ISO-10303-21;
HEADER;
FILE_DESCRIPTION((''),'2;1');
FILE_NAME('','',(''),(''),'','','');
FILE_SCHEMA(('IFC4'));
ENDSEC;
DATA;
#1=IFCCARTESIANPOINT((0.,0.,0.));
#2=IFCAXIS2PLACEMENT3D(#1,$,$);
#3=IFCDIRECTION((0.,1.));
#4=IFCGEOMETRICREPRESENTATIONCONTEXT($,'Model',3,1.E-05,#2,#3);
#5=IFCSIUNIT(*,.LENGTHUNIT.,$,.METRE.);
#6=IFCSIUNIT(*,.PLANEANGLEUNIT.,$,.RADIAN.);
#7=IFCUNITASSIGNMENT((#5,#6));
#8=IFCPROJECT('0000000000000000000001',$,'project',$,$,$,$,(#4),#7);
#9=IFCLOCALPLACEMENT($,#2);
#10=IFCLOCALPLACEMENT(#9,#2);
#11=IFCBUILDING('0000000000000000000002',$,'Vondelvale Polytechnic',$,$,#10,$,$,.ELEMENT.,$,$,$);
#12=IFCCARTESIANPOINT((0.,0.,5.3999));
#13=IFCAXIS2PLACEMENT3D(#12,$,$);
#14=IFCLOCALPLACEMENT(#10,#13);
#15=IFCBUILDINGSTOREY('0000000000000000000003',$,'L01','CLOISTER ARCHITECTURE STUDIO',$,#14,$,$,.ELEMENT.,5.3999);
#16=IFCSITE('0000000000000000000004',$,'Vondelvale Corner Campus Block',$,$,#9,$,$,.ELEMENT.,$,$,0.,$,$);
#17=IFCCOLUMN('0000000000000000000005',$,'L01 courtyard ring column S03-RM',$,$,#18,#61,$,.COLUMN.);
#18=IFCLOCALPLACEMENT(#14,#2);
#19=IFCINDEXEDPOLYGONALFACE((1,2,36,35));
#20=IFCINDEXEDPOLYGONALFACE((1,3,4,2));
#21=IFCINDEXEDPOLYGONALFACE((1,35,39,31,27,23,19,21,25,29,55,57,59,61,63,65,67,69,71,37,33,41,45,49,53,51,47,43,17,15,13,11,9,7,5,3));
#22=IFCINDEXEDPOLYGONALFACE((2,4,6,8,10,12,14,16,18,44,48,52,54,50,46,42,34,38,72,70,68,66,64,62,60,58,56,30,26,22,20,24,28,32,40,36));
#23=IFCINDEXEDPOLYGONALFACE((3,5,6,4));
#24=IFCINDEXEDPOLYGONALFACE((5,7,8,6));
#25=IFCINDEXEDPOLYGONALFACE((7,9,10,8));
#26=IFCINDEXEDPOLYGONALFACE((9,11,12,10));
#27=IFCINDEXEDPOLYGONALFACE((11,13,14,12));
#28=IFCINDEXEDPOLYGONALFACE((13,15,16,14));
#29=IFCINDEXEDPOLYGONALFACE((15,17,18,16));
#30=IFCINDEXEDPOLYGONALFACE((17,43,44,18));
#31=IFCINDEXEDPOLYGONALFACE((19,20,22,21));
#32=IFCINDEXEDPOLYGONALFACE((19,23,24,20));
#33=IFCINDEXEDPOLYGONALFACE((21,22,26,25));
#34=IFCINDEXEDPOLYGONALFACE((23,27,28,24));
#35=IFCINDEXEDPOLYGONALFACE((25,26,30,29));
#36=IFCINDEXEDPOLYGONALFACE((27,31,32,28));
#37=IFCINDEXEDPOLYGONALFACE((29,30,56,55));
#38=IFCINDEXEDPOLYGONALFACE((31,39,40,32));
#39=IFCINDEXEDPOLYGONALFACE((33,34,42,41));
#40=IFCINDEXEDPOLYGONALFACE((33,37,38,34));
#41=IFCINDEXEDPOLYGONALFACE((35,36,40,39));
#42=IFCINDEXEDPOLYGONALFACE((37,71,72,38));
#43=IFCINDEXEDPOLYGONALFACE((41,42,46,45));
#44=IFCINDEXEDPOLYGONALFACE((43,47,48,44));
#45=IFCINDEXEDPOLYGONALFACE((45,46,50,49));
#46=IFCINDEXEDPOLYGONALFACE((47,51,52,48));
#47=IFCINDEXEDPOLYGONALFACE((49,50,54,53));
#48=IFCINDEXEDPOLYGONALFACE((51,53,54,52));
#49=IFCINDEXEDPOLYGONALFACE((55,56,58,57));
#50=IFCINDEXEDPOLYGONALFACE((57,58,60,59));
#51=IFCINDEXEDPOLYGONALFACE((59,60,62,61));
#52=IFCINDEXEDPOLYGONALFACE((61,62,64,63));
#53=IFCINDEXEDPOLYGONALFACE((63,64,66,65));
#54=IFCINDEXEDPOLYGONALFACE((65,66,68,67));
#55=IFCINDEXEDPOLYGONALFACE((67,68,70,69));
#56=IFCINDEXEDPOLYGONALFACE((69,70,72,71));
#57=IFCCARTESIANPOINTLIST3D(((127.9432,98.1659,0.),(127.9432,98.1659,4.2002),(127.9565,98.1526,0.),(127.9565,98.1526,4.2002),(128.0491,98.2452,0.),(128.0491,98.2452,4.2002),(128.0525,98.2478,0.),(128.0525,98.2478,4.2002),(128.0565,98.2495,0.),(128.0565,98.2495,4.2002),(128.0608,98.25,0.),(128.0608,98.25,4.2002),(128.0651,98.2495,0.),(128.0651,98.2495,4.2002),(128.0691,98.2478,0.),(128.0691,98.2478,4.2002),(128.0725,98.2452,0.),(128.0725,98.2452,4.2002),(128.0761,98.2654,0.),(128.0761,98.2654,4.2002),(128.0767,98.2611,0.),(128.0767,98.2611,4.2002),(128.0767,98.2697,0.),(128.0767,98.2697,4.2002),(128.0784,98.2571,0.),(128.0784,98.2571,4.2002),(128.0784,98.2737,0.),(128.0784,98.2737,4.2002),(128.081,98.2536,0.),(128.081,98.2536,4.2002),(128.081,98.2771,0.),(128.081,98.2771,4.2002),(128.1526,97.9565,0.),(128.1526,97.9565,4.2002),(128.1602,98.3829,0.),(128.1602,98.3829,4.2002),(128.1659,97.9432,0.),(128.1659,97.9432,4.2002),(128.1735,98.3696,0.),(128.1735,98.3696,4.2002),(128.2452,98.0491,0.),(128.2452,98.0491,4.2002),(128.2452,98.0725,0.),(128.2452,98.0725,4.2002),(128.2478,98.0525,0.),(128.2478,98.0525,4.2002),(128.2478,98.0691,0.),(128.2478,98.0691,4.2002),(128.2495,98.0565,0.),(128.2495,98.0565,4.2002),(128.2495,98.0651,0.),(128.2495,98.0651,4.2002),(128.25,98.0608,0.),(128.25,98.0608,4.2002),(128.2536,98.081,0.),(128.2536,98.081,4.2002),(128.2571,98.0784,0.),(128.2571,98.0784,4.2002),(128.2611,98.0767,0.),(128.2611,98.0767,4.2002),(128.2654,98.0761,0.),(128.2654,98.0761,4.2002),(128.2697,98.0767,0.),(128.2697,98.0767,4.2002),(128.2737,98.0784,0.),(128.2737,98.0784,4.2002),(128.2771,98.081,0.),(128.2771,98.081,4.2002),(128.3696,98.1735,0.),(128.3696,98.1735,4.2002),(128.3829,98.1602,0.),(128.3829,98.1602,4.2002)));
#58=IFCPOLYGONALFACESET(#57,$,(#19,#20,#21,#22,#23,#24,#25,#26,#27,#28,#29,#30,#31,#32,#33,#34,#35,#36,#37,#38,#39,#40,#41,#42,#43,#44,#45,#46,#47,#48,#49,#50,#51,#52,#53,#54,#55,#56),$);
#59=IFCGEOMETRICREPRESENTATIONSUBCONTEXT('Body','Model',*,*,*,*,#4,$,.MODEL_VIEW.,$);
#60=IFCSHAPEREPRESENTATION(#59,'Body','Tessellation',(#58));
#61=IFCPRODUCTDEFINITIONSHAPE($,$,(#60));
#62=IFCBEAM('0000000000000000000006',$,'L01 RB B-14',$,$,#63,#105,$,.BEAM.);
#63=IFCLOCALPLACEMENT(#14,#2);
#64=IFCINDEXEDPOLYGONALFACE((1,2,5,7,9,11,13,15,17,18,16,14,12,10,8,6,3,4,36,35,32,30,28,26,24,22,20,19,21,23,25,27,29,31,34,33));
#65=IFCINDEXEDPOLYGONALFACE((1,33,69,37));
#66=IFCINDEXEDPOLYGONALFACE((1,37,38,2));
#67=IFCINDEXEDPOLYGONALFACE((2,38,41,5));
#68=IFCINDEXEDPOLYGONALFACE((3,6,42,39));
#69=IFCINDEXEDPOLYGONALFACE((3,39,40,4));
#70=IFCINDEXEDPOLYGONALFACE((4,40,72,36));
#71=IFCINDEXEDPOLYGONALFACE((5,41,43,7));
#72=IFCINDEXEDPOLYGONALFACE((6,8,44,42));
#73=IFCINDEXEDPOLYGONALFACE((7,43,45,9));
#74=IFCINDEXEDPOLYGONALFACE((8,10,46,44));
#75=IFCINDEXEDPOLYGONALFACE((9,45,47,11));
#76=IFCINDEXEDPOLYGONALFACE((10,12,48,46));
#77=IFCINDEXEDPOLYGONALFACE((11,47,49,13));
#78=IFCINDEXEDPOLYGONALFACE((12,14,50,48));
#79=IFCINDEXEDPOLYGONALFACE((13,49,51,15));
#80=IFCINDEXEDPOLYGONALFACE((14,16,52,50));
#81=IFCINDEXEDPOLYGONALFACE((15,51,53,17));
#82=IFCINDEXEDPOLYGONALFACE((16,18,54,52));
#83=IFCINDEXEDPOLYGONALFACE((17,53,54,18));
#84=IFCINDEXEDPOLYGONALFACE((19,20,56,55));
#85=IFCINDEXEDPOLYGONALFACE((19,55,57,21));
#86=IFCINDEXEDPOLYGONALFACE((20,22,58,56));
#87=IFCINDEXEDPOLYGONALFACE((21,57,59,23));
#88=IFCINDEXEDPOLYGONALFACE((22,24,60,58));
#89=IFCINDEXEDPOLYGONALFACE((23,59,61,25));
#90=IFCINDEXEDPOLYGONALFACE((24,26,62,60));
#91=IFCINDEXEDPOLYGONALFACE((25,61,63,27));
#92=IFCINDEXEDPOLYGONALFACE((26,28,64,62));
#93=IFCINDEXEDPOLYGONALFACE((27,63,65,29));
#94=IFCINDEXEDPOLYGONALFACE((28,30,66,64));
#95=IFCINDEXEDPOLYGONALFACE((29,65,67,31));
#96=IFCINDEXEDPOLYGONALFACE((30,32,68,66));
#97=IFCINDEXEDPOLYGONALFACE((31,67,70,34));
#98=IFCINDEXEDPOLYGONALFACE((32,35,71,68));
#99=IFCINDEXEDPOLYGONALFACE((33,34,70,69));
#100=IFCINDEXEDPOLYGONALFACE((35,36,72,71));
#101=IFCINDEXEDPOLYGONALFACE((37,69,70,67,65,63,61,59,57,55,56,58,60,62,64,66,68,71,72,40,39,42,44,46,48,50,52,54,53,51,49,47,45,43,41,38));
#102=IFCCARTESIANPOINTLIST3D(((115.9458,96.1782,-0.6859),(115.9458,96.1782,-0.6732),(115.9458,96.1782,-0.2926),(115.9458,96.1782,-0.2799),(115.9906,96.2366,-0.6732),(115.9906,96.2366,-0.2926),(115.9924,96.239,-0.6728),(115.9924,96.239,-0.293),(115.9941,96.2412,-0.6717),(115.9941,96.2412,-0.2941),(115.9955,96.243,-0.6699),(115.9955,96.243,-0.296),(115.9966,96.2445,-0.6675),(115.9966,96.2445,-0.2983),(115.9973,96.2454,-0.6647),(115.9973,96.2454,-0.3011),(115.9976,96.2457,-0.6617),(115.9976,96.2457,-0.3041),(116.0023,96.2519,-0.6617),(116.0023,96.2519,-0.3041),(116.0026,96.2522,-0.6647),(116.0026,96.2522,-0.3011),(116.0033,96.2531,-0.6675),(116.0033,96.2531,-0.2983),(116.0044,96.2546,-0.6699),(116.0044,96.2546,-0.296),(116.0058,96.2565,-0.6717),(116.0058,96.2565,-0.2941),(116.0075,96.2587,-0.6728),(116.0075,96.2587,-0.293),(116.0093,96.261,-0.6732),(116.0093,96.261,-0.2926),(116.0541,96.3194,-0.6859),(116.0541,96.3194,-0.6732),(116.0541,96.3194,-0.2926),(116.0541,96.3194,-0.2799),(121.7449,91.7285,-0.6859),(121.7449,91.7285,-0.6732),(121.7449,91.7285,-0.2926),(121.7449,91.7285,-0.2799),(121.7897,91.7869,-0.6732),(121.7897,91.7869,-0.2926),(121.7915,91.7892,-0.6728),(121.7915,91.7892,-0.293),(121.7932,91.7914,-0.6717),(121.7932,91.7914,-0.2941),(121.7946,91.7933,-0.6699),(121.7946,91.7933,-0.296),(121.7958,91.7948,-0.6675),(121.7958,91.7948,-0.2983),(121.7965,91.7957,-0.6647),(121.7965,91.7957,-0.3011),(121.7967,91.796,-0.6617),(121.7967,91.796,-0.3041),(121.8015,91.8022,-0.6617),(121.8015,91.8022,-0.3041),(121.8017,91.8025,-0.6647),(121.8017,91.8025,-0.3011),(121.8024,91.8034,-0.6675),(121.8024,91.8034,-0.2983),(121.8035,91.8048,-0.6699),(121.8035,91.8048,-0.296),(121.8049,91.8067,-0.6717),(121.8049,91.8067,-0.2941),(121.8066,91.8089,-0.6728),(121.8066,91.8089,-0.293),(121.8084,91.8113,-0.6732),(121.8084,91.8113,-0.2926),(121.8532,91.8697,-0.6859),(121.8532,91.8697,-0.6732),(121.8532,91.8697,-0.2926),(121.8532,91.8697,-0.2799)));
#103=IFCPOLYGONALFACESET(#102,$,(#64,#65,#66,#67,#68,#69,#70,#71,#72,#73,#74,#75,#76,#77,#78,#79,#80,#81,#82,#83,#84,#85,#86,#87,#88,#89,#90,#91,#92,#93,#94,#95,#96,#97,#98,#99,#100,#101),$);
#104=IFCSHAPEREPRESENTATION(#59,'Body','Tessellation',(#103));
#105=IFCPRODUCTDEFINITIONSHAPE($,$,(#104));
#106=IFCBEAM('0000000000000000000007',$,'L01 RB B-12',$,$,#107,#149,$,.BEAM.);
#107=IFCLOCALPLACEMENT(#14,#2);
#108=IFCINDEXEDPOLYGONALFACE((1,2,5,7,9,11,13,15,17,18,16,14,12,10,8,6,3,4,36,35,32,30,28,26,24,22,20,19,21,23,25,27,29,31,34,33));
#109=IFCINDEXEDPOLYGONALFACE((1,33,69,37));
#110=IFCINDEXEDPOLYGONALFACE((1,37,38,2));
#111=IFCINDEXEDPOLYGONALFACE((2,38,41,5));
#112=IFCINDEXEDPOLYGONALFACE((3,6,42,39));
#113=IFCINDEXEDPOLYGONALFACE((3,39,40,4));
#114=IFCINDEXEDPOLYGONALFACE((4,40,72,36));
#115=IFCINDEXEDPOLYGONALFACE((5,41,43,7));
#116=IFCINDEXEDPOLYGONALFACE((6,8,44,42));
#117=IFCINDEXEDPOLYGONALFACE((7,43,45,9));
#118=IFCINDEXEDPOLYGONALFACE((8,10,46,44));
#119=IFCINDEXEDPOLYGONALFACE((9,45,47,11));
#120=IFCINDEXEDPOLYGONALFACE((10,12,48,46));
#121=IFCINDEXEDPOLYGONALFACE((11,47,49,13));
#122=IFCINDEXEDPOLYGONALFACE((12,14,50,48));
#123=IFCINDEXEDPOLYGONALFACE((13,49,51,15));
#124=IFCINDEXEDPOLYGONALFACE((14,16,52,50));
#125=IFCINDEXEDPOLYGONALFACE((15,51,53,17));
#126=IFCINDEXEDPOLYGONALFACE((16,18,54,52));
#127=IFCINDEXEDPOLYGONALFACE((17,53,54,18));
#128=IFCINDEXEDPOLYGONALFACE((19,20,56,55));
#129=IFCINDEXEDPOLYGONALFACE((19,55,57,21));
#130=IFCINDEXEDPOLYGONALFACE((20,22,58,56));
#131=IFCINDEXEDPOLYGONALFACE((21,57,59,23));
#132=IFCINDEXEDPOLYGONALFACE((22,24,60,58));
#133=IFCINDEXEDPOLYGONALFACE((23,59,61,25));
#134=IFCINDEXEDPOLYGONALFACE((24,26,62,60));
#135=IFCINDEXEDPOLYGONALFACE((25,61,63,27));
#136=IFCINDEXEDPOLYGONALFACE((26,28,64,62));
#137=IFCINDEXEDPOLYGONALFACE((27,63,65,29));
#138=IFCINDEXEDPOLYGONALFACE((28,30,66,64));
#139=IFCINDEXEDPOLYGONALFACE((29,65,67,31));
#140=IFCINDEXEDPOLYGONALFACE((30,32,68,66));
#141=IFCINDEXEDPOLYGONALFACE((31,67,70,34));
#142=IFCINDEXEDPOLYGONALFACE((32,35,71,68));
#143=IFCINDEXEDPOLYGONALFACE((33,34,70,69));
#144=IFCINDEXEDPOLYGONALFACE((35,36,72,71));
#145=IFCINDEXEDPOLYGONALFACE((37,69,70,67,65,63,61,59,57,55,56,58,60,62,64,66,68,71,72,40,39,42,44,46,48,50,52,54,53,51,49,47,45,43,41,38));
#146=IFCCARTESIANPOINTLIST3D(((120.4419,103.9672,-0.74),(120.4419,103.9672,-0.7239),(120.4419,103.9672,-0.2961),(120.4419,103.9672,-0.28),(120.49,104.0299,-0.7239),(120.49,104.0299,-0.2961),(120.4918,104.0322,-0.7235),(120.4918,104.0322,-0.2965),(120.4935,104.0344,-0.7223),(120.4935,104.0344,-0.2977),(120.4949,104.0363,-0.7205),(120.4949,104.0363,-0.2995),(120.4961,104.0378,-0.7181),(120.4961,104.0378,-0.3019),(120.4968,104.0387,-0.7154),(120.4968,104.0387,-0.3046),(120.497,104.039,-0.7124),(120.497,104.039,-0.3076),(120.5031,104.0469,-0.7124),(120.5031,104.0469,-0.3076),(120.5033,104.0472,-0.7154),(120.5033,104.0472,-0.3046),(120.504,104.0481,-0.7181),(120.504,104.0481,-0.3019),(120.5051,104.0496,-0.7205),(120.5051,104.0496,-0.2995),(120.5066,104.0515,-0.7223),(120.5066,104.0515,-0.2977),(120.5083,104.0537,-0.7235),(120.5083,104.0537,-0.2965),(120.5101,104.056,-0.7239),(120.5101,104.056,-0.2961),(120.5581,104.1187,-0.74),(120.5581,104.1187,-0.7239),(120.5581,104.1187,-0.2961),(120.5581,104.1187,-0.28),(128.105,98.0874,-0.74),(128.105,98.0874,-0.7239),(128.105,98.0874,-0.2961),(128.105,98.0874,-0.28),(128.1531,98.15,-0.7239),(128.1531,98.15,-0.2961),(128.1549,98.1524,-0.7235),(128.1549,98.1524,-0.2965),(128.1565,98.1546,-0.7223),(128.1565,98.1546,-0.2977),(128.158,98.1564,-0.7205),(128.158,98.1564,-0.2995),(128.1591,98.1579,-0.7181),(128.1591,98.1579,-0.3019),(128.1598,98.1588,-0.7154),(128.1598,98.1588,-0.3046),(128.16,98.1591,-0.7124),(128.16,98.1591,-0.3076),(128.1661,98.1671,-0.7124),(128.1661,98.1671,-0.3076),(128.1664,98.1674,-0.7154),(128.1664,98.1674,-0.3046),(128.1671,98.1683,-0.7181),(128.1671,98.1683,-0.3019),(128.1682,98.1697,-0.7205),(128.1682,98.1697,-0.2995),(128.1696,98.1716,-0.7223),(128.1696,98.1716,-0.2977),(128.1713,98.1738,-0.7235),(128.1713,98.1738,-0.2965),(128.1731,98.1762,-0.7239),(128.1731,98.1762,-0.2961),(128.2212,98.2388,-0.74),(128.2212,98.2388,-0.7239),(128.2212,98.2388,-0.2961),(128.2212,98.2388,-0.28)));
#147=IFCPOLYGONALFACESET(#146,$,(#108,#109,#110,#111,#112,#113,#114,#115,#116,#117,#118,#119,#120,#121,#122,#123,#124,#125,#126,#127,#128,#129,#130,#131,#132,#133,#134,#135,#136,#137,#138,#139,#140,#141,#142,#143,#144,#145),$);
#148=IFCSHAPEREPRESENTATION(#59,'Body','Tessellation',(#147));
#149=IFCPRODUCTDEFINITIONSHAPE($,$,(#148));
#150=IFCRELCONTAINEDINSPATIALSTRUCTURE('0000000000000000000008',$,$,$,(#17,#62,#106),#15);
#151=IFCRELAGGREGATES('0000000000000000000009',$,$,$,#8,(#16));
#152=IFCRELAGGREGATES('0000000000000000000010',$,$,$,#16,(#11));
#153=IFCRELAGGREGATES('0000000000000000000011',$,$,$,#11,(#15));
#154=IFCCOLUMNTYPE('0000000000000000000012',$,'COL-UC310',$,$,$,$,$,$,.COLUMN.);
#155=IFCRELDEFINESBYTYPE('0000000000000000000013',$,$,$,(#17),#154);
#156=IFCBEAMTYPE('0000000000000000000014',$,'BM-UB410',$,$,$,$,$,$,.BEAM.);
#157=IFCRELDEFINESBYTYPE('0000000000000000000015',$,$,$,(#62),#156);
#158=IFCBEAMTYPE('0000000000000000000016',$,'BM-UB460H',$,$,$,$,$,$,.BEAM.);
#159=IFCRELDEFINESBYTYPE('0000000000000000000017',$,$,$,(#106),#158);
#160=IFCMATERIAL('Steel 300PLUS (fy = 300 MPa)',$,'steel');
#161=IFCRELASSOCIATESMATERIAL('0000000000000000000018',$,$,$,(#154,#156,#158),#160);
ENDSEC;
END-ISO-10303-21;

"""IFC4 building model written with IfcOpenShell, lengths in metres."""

from ifc_helpers import new_model, si_unit, direction, frame, origin, origin_2d, place, context, subcontext, project, spatial, i_section, extrude, material, material_profile, profile_set, type_object, element, save


model = new_model("IFC4")

# Units and contexts
model_context = context("Model", 3, precision=1e-05, world=origin(), true_north=direction((0.0, 1.0)))
body_context = subcontext(model_context, "Body", "Model", "MODEL_VIEW")
ifc_project = project(units=[si_unit("LENGTHUNIT", "METRE"), si_unit("PLANEANGLEUNIT", "RADIAN")], contexts=[model_context])

# Site, building, storey
site_placement = place(None, origin())
site = spatial("IfcSite", under=ifc_project, at=site_placement, Name="Vondelvale Corner Campus Block", CompositionType="ELEMENT", RefElevation=0.0)
building_placement = place(site_placement, origin())
building = spatial("IfcBuilding", under=site, at=building_placement, Name="Vondelvale Polytechnic", CompositionType="ELEMENT")
storey_placement = place(building_placement, frame((0.0, 0.0, 5.3999)))
storey = spatial("IfcBuildingStorey", under=building, at=storey_placement, Name="L01", Description="CLOISTER ARCHITECTURE STUDIO", CompositionType="ELEMENT", Elevation=5.3999)

# Column
ifc_material_1 = material(Name="Steel 300PLUS (fy = 300 MPa)", Category="steel")
ifc_material_profile_1 = material_profile(ifc_material_1, i_section(OverallWidth=0.3069, OverallDepth=0.3149, WebThickness=0.012, FlangeThickness=0.0188, FilletRadius=0.0166, at=origin_2d()), Name="310UC118")
ifc_profile_set_1 = profile_set([ifc_material_profile_1], Name="Steel 300PLUS (fy = 300 MPa)")
column_type_1 = type_object("IfcColumnType", Name="COL-UC310", PredefinedType="COLUMN", material=ifc_profile_set_1)
column_1_placement = place(storey_placement, frame((128.1631, 98.1631, 0.0), z_axis=(0.0, 0.0, 1.0), x_axis=(0.707107, 0.707107, 0.0)))
element("IfcColumn", 1, at=column_1_placement, inside=storey, type_object=column_type_1, Name="L01 courtyard ring column S03-RM", PredefinedType="COLUMN", context=body_context, shape_type="SweptSolid", body=[
    extrude(i_section(OverallWidth=0.3069, OverallDepth=0.3149, WebThickness=0.012, FlangeThickness=0.0188, FilletRadius=0.0166, at=origin_2d()), origin(), (0.0, 0.0, 1.0), 4.2002),
])

# Beams
ifc_material_profile_2 = material_profile(ifc_material_1, i_section(OverallWidth=0.178, OverallDepth=0.406, WebThickness=0.0078, FlangeThickness=0.0127, FilletRadius=0.0115, at=origin_2d()), Name="410UB59.7")
ifc_profile_set_2 = profile_set([ifc_material_profile_2], Name="Steel 300PLUS (fy = 300 MPa)")
beam_type_1 = type_object("IfcBeamType", Name="BM-UB410", PredefinedType="BEAM", material=ifc_profile_set_2)
beam_1_placement = place(storey_placement, frame((121.7991, 91.7991, -0.4829), z_axis=(-0.793358, 0.608755, 0.0), x_axis=(-0.608755, -0.793358, 0.0)))
element("IfcBeam", 2, at=beam_1_placement, inside=storey, type_object=beam_type_1, Name="L01 RB B-14", PredefinedType="BEAM", context=body_context, shape_type="SweptSolid", body=[
    extrude(i_section(OverallWidth=0.178, OverallDepth=0.406, WebThickness=0.0078, FlangeThickness=0.0127, FilletRadius=0.0115, at=origin_2d()), origin(), (0.0, 0.0, 1.0), 7.3096),
])
ifc_material_profile_3 = material_profile(ifc_material_1, i_section(OverallWidth=0.1909, OverallDepth=0.46, WebThickness=0.01, FlangeThickness=0.0161, FilletRadius=0.0115, at=origin_2d()), Name="460UB82.1")
ifc_profile_set_3 = profile_set([ifc_material_profile_3], Name="Steel 300PLUS (fy = 300 MPa)")
beam_type_2 = type_object("IfcBeamType", Name="BM-UB460H", PredefinedType="BEAM", material=ifc_profile_set_3)
beam_2_placement = place(storey_placement, frame((128.1631, 98.1631, -0.51), z_axis=(-0.793364, 0.608748, 0.0), x_axis=(-0.608748, -0.793364, 0.0)))
element("IfcBeam", 3, at=beam_2_placement, inside=storey, type_object=beam_type_2, Name="L01 RB B-12", PredefinedType="BEAM", context=body_context, shape_type="SweptSolid", body=[
    extrude(i_section(OverallWidth=0.1909, OverallDepth=0.46, WebThickness=0.01, FlangeThickness=0.0161, FilletRadius=0.0115, at=origin_2d()), origin(), (0.0, 0.0, 1.0), 9.6589),
])

save(model, "model.ifc")
